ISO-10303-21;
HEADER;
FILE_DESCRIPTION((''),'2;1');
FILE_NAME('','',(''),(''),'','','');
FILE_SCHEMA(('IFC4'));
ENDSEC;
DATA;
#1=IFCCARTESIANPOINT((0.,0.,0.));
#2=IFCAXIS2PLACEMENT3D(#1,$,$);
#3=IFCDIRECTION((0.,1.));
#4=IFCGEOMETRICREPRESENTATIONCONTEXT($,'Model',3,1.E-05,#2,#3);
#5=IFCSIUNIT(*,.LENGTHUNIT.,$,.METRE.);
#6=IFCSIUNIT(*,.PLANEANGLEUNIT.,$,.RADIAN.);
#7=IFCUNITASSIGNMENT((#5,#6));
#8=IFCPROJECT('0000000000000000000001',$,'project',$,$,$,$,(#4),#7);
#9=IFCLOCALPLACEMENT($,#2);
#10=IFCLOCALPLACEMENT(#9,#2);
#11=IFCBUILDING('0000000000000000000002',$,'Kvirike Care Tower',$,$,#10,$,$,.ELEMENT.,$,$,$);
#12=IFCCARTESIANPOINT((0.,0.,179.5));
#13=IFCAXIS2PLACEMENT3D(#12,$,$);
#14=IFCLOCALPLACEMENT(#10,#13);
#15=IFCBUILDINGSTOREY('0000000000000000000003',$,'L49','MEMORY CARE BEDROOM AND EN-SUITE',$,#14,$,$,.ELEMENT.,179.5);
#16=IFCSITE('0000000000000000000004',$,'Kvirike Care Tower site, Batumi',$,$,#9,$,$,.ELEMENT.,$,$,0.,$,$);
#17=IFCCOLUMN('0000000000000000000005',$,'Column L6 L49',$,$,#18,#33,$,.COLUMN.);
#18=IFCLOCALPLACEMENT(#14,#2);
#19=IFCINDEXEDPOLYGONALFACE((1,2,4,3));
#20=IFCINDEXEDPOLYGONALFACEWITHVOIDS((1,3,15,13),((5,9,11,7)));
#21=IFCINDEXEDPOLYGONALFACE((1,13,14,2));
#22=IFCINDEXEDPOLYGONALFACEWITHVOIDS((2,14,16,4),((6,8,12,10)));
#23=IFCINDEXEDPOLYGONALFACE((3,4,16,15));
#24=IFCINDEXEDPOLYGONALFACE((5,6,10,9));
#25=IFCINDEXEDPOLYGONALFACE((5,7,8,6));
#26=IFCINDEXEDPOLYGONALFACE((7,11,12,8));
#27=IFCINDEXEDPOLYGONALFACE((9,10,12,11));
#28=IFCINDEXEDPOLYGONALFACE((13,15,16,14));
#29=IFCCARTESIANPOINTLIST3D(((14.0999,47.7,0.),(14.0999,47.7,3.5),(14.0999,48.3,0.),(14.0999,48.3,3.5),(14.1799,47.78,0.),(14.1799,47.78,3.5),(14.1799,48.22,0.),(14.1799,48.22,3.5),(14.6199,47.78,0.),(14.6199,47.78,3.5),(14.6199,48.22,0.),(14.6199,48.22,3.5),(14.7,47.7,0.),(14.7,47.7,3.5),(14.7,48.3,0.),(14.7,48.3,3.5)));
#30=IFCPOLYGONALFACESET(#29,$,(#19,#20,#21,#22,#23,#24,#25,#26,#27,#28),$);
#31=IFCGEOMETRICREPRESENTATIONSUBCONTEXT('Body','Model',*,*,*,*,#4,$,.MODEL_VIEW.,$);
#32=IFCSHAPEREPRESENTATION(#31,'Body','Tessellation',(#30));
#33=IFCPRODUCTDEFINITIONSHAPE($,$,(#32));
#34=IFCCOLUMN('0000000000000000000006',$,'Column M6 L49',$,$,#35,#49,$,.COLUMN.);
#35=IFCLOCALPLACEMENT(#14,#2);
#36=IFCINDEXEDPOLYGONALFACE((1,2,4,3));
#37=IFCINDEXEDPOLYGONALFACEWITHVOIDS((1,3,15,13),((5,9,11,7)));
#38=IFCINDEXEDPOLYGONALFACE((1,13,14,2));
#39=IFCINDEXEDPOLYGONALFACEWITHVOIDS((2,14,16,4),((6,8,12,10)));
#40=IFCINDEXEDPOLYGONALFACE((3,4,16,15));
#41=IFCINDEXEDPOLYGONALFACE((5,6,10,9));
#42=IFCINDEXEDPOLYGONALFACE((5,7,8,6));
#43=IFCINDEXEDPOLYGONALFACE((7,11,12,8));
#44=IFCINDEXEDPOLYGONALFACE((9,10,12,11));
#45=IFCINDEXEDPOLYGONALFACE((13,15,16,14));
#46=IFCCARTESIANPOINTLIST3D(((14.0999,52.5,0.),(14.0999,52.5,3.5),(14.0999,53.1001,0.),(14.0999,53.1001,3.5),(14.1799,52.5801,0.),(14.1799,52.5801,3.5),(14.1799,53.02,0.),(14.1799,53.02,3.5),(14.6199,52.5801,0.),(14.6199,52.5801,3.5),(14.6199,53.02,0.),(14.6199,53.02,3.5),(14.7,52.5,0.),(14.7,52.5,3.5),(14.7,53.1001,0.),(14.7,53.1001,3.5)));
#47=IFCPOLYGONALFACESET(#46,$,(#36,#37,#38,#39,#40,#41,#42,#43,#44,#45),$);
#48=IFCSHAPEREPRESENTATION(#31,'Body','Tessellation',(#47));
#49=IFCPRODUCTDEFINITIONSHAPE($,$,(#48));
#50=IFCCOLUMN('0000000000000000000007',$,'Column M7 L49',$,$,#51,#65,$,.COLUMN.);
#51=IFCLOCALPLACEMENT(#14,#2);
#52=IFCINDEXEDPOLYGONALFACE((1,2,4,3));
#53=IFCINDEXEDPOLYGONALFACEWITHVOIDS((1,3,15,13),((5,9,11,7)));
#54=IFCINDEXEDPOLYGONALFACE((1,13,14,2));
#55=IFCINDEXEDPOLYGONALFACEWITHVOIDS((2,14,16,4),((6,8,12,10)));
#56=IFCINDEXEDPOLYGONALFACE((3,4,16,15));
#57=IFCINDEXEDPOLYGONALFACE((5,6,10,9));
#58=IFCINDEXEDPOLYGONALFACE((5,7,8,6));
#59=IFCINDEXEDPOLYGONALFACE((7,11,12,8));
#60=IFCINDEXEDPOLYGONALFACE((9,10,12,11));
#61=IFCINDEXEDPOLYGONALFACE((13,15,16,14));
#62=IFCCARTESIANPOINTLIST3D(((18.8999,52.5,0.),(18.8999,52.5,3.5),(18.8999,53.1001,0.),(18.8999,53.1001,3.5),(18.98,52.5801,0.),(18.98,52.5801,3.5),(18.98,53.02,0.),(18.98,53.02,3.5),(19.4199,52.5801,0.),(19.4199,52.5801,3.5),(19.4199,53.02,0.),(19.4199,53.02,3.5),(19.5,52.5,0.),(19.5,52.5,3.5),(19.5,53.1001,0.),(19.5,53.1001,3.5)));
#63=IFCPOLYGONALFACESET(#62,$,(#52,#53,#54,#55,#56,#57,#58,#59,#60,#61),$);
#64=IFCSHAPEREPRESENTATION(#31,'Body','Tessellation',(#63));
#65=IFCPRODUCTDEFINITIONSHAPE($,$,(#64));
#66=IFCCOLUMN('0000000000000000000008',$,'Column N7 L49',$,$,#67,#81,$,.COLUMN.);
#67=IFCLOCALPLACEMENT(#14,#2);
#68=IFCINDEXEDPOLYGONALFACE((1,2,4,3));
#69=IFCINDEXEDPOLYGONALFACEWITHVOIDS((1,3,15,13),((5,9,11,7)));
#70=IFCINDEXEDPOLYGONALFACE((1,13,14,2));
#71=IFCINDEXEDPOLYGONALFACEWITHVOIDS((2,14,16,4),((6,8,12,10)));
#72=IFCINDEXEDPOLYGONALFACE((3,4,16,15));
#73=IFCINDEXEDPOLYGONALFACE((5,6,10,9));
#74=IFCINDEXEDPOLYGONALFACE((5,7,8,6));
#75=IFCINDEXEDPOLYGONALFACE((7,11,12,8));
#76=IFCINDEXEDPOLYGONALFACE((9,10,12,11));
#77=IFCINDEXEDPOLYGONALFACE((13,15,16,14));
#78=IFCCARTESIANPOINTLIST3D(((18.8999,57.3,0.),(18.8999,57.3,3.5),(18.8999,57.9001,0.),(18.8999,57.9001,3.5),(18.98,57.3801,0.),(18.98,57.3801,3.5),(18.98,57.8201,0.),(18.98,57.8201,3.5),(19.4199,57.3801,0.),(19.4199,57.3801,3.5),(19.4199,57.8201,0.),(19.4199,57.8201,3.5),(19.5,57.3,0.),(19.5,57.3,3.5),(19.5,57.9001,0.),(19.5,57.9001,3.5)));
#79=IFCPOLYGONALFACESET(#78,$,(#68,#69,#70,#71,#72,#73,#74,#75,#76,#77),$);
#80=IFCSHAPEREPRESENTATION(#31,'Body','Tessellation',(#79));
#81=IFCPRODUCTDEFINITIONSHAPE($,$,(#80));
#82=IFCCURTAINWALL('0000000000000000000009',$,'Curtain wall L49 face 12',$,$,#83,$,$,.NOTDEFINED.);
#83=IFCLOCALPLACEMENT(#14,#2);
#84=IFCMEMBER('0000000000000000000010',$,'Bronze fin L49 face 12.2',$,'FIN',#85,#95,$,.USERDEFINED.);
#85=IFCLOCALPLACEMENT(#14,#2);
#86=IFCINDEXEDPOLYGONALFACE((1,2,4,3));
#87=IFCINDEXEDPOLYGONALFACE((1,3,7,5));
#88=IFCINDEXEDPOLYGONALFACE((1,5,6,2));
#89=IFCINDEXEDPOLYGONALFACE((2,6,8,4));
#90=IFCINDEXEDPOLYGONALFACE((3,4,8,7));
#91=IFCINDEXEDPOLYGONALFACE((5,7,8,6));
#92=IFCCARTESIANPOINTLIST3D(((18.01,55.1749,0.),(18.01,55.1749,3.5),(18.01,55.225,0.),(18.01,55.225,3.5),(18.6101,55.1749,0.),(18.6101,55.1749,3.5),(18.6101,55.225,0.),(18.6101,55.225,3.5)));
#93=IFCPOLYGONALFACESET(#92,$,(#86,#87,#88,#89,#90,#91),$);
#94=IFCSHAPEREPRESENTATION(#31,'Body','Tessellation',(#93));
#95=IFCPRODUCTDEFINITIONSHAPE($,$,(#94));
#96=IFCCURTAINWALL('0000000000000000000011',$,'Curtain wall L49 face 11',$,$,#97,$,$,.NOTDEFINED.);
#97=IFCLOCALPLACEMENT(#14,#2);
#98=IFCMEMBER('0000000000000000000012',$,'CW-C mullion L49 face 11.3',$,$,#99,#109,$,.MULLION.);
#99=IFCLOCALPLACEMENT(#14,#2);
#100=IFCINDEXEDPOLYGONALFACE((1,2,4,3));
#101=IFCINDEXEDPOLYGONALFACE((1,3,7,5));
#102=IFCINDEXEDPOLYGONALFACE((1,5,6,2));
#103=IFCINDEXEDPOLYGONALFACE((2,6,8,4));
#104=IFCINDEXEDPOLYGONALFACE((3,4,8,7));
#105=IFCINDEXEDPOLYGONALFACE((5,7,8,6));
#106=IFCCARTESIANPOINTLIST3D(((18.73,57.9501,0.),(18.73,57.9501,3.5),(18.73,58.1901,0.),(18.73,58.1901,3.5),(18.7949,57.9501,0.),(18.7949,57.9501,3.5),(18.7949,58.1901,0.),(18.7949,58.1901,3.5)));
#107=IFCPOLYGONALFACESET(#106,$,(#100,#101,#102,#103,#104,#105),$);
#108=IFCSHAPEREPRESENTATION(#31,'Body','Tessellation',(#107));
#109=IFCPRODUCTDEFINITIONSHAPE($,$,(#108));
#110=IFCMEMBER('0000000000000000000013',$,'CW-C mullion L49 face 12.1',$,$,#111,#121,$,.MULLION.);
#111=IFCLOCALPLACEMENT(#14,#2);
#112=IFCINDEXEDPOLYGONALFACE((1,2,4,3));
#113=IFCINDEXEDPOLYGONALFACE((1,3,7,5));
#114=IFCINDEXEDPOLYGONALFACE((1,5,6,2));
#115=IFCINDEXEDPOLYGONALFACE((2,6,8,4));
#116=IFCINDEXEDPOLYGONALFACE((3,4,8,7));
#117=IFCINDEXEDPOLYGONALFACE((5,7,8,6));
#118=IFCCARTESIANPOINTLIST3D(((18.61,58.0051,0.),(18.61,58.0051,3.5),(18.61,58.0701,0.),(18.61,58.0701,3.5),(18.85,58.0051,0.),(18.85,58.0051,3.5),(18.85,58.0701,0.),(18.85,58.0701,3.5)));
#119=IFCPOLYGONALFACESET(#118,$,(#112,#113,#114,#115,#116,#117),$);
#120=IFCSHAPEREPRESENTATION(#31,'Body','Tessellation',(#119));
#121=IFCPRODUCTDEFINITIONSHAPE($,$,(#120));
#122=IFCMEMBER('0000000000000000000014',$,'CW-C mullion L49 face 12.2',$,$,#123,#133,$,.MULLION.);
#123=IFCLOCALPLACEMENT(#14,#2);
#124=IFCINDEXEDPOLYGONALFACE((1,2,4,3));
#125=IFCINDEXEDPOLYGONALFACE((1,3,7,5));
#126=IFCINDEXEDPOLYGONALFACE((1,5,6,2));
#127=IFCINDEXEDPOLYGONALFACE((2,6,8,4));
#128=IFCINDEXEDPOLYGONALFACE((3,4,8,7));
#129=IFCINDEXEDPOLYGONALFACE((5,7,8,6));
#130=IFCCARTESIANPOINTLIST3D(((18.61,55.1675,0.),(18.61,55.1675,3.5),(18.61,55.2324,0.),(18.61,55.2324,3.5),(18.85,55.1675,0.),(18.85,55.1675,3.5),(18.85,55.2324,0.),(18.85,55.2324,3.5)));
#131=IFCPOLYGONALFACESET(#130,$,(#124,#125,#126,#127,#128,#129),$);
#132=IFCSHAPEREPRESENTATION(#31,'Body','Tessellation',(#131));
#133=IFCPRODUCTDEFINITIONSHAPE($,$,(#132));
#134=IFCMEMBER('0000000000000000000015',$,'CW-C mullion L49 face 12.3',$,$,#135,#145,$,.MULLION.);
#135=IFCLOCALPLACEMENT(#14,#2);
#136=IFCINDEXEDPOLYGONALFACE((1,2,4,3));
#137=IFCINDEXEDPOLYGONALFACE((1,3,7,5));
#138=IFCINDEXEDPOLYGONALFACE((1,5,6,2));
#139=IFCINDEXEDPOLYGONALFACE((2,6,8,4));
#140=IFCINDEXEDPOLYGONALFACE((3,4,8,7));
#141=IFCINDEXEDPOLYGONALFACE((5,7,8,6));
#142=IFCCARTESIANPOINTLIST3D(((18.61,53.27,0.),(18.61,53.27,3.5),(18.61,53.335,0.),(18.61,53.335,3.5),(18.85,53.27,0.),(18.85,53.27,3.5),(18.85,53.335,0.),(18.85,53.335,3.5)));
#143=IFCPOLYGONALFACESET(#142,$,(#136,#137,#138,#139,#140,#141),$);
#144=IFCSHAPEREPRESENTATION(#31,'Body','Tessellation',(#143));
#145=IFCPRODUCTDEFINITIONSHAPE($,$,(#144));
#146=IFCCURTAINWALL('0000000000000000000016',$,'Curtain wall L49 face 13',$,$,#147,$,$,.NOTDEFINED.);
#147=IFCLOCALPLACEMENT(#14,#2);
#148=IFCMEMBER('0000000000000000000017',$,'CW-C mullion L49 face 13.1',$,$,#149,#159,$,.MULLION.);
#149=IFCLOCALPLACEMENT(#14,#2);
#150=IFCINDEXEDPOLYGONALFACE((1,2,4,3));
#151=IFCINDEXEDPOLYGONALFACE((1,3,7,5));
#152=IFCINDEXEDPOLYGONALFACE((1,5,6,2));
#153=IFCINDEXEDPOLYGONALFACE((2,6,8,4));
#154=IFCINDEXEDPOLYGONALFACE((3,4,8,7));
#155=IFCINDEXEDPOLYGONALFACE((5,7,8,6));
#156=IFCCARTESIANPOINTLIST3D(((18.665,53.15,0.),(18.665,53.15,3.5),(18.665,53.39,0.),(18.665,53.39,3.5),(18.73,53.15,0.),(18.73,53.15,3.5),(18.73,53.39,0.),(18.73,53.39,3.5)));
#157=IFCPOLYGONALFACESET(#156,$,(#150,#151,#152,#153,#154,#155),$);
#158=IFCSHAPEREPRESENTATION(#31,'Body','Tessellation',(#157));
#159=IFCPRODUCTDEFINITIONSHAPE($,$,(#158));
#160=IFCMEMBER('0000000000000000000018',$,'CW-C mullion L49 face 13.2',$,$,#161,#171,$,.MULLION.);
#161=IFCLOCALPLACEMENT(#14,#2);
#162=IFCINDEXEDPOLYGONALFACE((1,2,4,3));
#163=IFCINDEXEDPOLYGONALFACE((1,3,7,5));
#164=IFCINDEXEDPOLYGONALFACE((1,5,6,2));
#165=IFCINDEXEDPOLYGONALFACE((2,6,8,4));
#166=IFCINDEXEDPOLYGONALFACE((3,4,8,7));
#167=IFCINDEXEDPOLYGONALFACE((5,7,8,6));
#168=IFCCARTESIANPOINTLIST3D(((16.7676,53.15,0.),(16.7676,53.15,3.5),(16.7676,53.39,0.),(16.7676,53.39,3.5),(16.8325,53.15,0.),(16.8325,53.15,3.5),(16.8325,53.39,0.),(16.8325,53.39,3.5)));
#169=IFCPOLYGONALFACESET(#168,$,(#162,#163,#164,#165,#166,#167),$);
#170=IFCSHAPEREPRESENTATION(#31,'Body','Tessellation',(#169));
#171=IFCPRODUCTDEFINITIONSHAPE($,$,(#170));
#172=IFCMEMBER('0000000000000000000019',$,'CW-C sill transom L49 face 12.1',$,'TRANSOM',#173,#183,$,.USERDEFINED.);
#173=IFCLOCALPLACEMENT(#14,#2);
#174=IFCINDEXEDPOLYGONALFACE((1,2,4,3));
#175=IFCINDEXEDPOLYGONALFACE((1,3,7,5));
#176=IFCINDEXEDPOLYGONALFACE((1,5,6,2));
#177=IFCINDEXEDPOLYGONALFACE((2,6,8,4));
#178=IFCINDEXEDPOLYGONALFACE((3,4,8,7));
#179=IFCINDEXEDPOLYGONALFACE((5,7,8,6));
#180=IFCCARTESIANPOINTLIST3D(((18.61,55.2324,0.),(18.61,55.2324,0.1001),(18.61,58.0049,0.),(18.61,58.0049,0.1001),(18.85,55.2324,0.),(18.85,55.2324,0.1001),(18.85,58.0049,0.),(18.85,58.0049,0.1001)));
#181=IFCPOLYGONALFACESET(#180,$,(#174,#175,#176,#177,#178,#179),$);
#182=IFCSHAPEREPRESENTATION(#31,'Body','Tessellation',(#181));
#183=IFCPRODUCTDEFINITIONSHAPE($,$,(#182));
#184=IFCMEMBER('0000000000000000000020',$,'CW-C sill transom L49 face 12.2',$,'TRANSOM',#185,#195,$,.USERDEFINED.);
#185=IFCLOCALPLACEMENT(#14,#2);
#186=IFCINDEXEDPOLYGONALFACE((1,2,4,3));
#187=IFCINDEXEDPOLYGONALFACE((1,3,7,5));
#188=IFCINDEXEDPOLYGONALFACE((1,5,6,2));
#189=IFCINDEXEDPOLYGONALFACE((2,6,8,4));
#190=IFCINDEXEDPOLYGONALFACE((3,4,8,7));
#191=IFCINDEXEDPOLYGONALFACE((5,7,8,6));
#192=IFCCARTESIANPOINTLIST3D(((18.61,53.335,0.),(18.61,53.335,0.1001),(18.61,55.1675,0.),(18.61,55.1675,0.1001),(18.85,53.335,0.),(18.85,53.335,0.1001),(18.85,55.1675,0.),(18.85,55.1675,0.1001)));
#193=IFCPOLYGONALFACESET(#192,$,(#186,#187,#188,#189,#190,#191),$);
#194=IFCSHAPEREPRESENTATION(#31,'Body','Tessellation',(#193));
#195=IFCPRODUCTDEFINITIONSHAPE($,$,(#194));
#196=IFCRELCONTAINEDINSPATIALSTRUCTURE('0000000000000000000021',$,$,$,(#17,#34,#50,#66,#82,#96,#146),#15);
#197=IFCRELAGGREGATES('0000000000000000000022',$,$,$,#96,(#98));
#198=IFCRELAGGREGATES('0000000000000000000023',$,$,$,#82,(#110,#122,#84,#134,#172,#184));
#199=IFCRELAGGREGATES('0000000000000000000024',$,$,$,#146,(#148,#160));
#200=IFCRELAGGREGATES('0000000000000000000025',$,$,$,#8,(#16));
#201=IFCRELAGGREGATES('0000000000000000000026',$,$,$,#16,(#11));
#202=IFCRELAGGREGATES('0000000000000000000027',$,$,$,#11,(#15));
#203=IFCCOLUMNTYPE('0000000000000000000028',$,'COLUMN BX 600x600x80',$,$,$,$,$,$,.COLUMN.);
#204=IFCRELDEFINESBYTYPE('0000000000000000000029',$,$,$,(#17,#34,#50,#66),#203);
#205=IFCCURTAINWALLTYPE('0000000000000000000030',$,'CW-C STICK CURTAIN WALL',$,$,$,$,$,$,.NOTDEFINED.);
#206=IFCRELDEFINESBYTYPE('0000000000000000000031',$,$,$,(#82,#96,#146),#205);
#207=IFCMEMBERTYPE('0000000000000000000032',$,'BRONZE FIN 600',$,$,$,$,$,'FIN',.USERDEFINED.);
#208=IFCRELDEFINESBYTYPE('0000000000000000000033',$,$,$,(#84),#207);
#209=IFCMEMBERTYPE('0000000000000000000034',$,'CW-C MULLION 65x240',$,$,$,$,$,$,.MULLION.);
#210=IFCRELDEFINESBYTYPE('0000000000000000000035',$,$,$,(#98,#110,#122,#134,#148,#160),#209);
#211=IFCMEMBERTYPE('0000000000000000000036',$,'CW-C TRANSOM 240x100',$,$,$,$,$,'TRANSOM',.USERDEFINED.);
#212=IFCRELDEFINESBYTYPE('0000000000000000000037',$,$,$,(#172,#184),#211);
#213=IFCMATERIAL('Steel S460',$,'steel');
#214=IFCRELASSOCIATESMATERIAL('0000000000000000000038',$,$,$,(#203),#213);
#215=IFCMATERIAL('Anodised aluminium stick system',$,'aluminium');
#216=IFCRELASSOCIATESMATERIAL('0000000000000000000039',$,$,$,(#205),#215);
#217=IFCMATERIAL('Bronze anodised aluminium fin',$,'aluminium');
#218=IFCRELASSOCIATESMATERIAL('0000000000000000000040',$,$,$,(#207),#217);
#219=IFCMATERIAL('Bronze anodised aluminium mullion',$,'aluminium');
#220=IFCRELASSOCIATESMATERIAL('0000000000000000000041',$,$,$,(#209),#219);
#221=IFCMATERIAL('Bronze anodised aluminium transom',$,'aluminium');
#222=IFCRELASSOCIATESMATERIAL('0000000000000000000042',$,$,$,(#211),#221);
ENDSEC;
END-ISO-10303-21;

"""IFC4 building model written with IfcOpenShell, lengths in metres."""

from ifc_helpers import new_model, si_unit, direction, frame, origin, origin_2d, place, context, subcontext, project, spatial, rectangle, hollow_rectangle, extrude, material, material_profile, profile_set, type_object, element, aggregate, save


model = new_model("IFC4")

# Units and contexts
model_context = context("Model", 3, precision=1e-05, world=origin(), true_north=direction((0.0, 1.0)))
body_context = subcontext(model_context, "Body", "Model", "MODEL_VIEW")
ifc_project = project(units=[si_unit("LENGTHUNIT", "METRE"), si_unit("PLANEANGLEUNIT", "RADIAN")], contexts=[model_context])

# Site, building, storey
site_placement = place(None, origin())
site = spatial("IfcSite", under=ifc_project, at=site_placement, Name="Kvirike Care Tower site, Batumi", CompositionType="ELEMENT", RefElevation=0.0)
building_placement = place(site_placement, origin())
building = spatial("IfcBuilding", under=site, at=building_placement, Name="Kvirike Care Tower", CompositionType="ELEMENT")
storey_placement = place(building_placement, frame((0.0, 0.0, 179.5)))
storey = spatial("IfcBuildingStorey", under=building, at=storey_placement, Name="L49", Description="MEMORY CARE BEDROOM AND EN-SUITE", CompositionType="ELEMENT", Elevation=179.5)

# Columns
ifc_material_1 = material(Name="Steel S460", Category="steel")
ifc_material_profile_1 = material_profile(ifc_material_1, hollow_rectangle(XDim=0.6001, YDim=0.6001, WallThickness=0.0801, at=origin_2d()), Name="BX 600x600x80")
ifc_profile_set_1 = profile_set([ifc_material_profile_1], Name="Steel S460")
column_type = type_object("IfcColumnType", Name="COLUMN BX 600x600x80", PredefinedType="COLUMN", material=ifc_profile_set_1)
for number, where, z_axis, x_axis, name in (
    (1, (14.3999, 48.0, 0.0), (0.0, 0.0, 1.0), (1.0, 0.0, 0.0), "Column L6 L49"),
    (2, (14.3999, 52.8, 0.0), (0.0, 0.0, 1.0), (0.0, 1.0, 0.0), "Column M6 L49"),
    (3, (19.2, 52.8, 0.0), (0.0, 0.0, 1.0), (0.0, 1.0, 0.0), "Column M7 L49"),
    (4, (19.2, 57.6001, 0.0), (0.0, 0.0, 1.0), (0.0, 1.0, 0.0), "Column N7 L49"),
):
    element("IfcColumn", number, at=place(storey_placement, frame(where, z_axis=z_axis, x_axis=x_axis)), inside=storey, type_object=column_type, Name=name, PredefinedType="COLUMN", context=body_context, shape_type="SweptSolid", body=[
        extrude(hollow_rectangle(XDim=0.6001, YDim=0.6001, WallThickness=0.0801, at=origin_2d()), origin(), (0.0, 0.0, 1.0), 3.5),
    ])

# Curtain walls, members
ifc_material_2 = material(Name="Anodised aluminium stick system", Category="aluminium")
curtain_wall_type = type_object("IfcCurtainWallType", Name="CW-C STICK CURTAIN WALL", PredefinedType="NOTDEFINED", material=ifc_material_2)
curtain_wall_1_placement = place(storey_placement, origin())
curtain_wall_1 = element("IfcCurtainWall", 5, at=curtain_wall_1_placement, inside=storey, type_object=curtain_wall_type, Name="Curtain wall L49 face 12", PredefinedType="NOTDEFINED")
ifc_material_3 = material(Name="Bronze anodised aluminium fin", Category="aluminium")
ifc_material_profile_2 = material_profile(ifc_material_3, rectangle(XDim=0.05, YDim=0.6001, at=origin_2d()), Name="BRONZE FIN 600")
ifc_profile_set_2 = profile_set([ifc_material_profile_2], Name="Bronze anodised aluminium fin")
member_type_1 = type_object("IfcMemberType", Name="BRONZE FIN 600", ElementType="FIN", PredefinedType="USERDEFINED", material=ifc_profile_set_2)
member_1_placement = place(storey_placement, frame((18.3101, 55.2, 0.0), z_axis=(0.0, 0.0, 1.0), x_axis=(0.0, -1.0, 0.0)))
member_1 = element("IfcMember", 6, at=member_1_placement, type_object=member_type_1, Name="Bronze fin L49 face 12.2", ObjectType="FIN", PredefinedType="USERDEFINED", context=body_context, shape_type="SweptSolid", body=[
    extrude(rectangle(XDim=0.05, YDim=0.6001, at=origin_2d()), origin(), (0.0, 0.0, 1.0), 3.5),
])
curtain_wall_2_placement = place(storey_placement, origin())
curtain_wall_2 = element("IfcCurtainWall", 7, at=curtain_wall_2_placement, inside=storey, type_object=curtain_wall_type, Name="Curtain wall L49 face 11", PredefinedType="NOTDEFINED")
ifc_material_4 = material(Name="Bronze anodised aluminium mullion", Category="aluminium")
ifc_material_profile_3 = material_profile(ifc_material_4, rectangle(XDim=0.0649, YDim=0.24, at=origin_2d()), Name="CW-C MULLION 65x240")
ifc_profile_set_3 = profile_set([ifc_material_profile_3], Name="Bronze anodised aluminium mullion")
member_type_2 = type_object("IfcMemberType", Name="CW-C MULLION 65x240", PredefinedType="MULLION", material=ifc_profile_set_3)
member_2_placement = place(storey_placement, frame((18.7625, 58.0701, 0.0), z_axis=(0.0, 0.0, 1.0), x_axis=(-1.0, 0.0, 0.0)))
member_2 = element("IfcMember", 8, at=member_2_placement, type_object=member_type_2, Name="CW-C mullion L49 face 11.3", PredefinedType="MULLION", context=body_context, shape_type="SweptSolid", body=[
    extrude(rectangle(XDim=0.0649, YDim=0.24, at=origin_2d()), origin(), (0.0, 0.0, 1.0), 3.5),
])
aggregate(curtain_wall_2, [member_2])

# Members
member_3_placement = place(storey_placement, frame((18.73, 58.0376, 0.0), z_axis=(0.0, 0.0, 1.0), x_axis=(0.0, -1.0, 0.0)))
member_3 = element("IfcMember", 9, at=member_3_placement, type_object=member_type_2, Name="CW-C mullion L49 face 12.1", PredefinedType="MULLION", context=body_context, shape_type="SweptSolid", body=[
    extrude(rectangle(XDim=0.0649, YDim=0.24, at=origin_2d()), origin(), (0.0, 0.0, 1.0), 3.5),
])
member_4_placement = place(storey_placement, frame((18.73, 55.2, 0.0), z_axis=(0.0, 0.0, 1.0), x_axis=(0.0, -1.0, 0.0)))
member_4 = element("IfcMember", 10, at=member_4_placement, type_object=member_type_2, Name="CW-C mullion L49 face 12.2", PredefinedType="MULLION", context=body_context, shape_type="SweptSolid", body=[
    extrude(rectangle(XDim=0.0649, YDim=0.24, at=origin_2d()), origin(), (0.0, 0.0, 1.0), 3.5),
])
member_5_placement = place(storey_placement, frame((18.73, 53.3025, 0.0), z_axis=(0.0, 0.0, 1.0), x_axis=(0.0, -1.0, 0.0)))
member_5 = element("IfcMember", 11, at=member_5_placement, type_object=member_type_2, Name="CW-C mullion L49 face 12.3", PredefinedType="MULLION", context=body_context, shape_type="SweptSolid", body=[
    extrude(rectangle(XDim=0.0649, YDim=0.24, at=origin_2d()), origin(), (0.0, 0.0, 1.0), 3.5),
])

# Curtain wall, members
curtain_wall_3_placement = place(storey_placement, origin())
curtain_wall_3 = element("IfcCurtainWall", 12, at=curtain_wall_3_placement, inside=storey, type_object=curtain_wall_type, Name="Curtain wall L49 face 13", PredefinedType="NOTDEFINED")
member_6_placement = place(storey_placement, frame((18.6975, 53.27, 0.0), z_axis=(0.0, 0.0, 1.0), x_axis=(-1.0, 0.0, 0.0)))
member_6 = element("IfcMember", 13, at=member_6_placement, type_object=member_type_2, Name="CW-C mullion L49 face 13.1", PredefinedType="MULLION", context=body_context, shape_type="SweptSolid", body=[
    extrude(rectangle(XDim=0.0649, YDim=0.24, at=origin_2d()), origin(), (0.0, 0.0, 1.0), 3.5),
])
member_7_placement = place(storey_placement, frame((16.8, 53.27, 0.0), z_axis=(0.0, 0.0, 1.0), x_axis=(-1.0, 0.0, 0.0)))
member_7 = element("IfcMember", 14, at=member_7_placement, type_object=member_type_2, Name="CW-C mullion L49 face 13.2", PredefinedType="MULLION", context=body_context, shape_type="SweptSolid", body=[
    extrude(rectangle(XDim=0.0649, YDim=0.24, at=origin_2d()), origin(), (0.0, 0.0, 1.0), 3.5),
])

# Members
ifc_material_5 = material(Name="Bronze anodised aluminium transom", Category="aluminium")
ifc_material_profile_4 = material_profile(ifc_material_5, rectangle(XDim=0.24, YDim=0.1001, at=origin_2d()), Name="CW-C TRANSOM 240x100")
ifc_profile_set_4 = profile_set([ifc_material_profile_4], Name="Bronze anodised aluminium transom")
member_type_3 = type_object("IfcMemberType", Name="CW-C TRANSOM 240x100", ElementType="TRANSOM", PredefinedType="USERDEFINED", material=ifc_profile_set_4)
member_8_placement = place(storey_placement, frame((18.73, 58.0049, 0.05), z_axis=(0.0, -1.0, 0.0), x_axis=(1.0, 0.0, 0.0)))
member_8 = element("IfcMember", 15, at=member_8_placement, type_object=member_type_3, Name="CW-C sill transom L49 face 12.1", ObjectType="TRANSOM", PredefinedType="USERDEFINED", context=body_context, shape_type="SweptSolid", body=[
    extrude(rectangle(XDim=0.24, YDim=0.1001, at=origin_2d()), origin(), (0.0, 0.0, 1.0), 2.7725),
])
member_9_placement = place(storey_placement, frame((18.73, 55.1675, 0.05), z_axis=(0.0, -1.0, 0.0), x_axis=(1.0, 0.0, 0.0)))
member_9 = element("IfcMember", 16, at=member_9_placement, type_object=member_type_3, Name="CW-C sill transom L49 face 12.2", ObjectType="TRANSOM", PredefinedType="USERDEFINED", context=body_context, shape_type="SweptSolid", body=[
    extrude(rectangle(XDim=0.24, YDim=0.1001, at=origin_2d()), origin(), (0.0, 0.0, 1.0), 1.8325),
])

aggregate(curtain_wall_1, [member_3, member_4, member_1, member_5, member_8, member_9])
aggregate(curtain_wall_3, [member_6, member_7])

save(model, "model.ifc")
